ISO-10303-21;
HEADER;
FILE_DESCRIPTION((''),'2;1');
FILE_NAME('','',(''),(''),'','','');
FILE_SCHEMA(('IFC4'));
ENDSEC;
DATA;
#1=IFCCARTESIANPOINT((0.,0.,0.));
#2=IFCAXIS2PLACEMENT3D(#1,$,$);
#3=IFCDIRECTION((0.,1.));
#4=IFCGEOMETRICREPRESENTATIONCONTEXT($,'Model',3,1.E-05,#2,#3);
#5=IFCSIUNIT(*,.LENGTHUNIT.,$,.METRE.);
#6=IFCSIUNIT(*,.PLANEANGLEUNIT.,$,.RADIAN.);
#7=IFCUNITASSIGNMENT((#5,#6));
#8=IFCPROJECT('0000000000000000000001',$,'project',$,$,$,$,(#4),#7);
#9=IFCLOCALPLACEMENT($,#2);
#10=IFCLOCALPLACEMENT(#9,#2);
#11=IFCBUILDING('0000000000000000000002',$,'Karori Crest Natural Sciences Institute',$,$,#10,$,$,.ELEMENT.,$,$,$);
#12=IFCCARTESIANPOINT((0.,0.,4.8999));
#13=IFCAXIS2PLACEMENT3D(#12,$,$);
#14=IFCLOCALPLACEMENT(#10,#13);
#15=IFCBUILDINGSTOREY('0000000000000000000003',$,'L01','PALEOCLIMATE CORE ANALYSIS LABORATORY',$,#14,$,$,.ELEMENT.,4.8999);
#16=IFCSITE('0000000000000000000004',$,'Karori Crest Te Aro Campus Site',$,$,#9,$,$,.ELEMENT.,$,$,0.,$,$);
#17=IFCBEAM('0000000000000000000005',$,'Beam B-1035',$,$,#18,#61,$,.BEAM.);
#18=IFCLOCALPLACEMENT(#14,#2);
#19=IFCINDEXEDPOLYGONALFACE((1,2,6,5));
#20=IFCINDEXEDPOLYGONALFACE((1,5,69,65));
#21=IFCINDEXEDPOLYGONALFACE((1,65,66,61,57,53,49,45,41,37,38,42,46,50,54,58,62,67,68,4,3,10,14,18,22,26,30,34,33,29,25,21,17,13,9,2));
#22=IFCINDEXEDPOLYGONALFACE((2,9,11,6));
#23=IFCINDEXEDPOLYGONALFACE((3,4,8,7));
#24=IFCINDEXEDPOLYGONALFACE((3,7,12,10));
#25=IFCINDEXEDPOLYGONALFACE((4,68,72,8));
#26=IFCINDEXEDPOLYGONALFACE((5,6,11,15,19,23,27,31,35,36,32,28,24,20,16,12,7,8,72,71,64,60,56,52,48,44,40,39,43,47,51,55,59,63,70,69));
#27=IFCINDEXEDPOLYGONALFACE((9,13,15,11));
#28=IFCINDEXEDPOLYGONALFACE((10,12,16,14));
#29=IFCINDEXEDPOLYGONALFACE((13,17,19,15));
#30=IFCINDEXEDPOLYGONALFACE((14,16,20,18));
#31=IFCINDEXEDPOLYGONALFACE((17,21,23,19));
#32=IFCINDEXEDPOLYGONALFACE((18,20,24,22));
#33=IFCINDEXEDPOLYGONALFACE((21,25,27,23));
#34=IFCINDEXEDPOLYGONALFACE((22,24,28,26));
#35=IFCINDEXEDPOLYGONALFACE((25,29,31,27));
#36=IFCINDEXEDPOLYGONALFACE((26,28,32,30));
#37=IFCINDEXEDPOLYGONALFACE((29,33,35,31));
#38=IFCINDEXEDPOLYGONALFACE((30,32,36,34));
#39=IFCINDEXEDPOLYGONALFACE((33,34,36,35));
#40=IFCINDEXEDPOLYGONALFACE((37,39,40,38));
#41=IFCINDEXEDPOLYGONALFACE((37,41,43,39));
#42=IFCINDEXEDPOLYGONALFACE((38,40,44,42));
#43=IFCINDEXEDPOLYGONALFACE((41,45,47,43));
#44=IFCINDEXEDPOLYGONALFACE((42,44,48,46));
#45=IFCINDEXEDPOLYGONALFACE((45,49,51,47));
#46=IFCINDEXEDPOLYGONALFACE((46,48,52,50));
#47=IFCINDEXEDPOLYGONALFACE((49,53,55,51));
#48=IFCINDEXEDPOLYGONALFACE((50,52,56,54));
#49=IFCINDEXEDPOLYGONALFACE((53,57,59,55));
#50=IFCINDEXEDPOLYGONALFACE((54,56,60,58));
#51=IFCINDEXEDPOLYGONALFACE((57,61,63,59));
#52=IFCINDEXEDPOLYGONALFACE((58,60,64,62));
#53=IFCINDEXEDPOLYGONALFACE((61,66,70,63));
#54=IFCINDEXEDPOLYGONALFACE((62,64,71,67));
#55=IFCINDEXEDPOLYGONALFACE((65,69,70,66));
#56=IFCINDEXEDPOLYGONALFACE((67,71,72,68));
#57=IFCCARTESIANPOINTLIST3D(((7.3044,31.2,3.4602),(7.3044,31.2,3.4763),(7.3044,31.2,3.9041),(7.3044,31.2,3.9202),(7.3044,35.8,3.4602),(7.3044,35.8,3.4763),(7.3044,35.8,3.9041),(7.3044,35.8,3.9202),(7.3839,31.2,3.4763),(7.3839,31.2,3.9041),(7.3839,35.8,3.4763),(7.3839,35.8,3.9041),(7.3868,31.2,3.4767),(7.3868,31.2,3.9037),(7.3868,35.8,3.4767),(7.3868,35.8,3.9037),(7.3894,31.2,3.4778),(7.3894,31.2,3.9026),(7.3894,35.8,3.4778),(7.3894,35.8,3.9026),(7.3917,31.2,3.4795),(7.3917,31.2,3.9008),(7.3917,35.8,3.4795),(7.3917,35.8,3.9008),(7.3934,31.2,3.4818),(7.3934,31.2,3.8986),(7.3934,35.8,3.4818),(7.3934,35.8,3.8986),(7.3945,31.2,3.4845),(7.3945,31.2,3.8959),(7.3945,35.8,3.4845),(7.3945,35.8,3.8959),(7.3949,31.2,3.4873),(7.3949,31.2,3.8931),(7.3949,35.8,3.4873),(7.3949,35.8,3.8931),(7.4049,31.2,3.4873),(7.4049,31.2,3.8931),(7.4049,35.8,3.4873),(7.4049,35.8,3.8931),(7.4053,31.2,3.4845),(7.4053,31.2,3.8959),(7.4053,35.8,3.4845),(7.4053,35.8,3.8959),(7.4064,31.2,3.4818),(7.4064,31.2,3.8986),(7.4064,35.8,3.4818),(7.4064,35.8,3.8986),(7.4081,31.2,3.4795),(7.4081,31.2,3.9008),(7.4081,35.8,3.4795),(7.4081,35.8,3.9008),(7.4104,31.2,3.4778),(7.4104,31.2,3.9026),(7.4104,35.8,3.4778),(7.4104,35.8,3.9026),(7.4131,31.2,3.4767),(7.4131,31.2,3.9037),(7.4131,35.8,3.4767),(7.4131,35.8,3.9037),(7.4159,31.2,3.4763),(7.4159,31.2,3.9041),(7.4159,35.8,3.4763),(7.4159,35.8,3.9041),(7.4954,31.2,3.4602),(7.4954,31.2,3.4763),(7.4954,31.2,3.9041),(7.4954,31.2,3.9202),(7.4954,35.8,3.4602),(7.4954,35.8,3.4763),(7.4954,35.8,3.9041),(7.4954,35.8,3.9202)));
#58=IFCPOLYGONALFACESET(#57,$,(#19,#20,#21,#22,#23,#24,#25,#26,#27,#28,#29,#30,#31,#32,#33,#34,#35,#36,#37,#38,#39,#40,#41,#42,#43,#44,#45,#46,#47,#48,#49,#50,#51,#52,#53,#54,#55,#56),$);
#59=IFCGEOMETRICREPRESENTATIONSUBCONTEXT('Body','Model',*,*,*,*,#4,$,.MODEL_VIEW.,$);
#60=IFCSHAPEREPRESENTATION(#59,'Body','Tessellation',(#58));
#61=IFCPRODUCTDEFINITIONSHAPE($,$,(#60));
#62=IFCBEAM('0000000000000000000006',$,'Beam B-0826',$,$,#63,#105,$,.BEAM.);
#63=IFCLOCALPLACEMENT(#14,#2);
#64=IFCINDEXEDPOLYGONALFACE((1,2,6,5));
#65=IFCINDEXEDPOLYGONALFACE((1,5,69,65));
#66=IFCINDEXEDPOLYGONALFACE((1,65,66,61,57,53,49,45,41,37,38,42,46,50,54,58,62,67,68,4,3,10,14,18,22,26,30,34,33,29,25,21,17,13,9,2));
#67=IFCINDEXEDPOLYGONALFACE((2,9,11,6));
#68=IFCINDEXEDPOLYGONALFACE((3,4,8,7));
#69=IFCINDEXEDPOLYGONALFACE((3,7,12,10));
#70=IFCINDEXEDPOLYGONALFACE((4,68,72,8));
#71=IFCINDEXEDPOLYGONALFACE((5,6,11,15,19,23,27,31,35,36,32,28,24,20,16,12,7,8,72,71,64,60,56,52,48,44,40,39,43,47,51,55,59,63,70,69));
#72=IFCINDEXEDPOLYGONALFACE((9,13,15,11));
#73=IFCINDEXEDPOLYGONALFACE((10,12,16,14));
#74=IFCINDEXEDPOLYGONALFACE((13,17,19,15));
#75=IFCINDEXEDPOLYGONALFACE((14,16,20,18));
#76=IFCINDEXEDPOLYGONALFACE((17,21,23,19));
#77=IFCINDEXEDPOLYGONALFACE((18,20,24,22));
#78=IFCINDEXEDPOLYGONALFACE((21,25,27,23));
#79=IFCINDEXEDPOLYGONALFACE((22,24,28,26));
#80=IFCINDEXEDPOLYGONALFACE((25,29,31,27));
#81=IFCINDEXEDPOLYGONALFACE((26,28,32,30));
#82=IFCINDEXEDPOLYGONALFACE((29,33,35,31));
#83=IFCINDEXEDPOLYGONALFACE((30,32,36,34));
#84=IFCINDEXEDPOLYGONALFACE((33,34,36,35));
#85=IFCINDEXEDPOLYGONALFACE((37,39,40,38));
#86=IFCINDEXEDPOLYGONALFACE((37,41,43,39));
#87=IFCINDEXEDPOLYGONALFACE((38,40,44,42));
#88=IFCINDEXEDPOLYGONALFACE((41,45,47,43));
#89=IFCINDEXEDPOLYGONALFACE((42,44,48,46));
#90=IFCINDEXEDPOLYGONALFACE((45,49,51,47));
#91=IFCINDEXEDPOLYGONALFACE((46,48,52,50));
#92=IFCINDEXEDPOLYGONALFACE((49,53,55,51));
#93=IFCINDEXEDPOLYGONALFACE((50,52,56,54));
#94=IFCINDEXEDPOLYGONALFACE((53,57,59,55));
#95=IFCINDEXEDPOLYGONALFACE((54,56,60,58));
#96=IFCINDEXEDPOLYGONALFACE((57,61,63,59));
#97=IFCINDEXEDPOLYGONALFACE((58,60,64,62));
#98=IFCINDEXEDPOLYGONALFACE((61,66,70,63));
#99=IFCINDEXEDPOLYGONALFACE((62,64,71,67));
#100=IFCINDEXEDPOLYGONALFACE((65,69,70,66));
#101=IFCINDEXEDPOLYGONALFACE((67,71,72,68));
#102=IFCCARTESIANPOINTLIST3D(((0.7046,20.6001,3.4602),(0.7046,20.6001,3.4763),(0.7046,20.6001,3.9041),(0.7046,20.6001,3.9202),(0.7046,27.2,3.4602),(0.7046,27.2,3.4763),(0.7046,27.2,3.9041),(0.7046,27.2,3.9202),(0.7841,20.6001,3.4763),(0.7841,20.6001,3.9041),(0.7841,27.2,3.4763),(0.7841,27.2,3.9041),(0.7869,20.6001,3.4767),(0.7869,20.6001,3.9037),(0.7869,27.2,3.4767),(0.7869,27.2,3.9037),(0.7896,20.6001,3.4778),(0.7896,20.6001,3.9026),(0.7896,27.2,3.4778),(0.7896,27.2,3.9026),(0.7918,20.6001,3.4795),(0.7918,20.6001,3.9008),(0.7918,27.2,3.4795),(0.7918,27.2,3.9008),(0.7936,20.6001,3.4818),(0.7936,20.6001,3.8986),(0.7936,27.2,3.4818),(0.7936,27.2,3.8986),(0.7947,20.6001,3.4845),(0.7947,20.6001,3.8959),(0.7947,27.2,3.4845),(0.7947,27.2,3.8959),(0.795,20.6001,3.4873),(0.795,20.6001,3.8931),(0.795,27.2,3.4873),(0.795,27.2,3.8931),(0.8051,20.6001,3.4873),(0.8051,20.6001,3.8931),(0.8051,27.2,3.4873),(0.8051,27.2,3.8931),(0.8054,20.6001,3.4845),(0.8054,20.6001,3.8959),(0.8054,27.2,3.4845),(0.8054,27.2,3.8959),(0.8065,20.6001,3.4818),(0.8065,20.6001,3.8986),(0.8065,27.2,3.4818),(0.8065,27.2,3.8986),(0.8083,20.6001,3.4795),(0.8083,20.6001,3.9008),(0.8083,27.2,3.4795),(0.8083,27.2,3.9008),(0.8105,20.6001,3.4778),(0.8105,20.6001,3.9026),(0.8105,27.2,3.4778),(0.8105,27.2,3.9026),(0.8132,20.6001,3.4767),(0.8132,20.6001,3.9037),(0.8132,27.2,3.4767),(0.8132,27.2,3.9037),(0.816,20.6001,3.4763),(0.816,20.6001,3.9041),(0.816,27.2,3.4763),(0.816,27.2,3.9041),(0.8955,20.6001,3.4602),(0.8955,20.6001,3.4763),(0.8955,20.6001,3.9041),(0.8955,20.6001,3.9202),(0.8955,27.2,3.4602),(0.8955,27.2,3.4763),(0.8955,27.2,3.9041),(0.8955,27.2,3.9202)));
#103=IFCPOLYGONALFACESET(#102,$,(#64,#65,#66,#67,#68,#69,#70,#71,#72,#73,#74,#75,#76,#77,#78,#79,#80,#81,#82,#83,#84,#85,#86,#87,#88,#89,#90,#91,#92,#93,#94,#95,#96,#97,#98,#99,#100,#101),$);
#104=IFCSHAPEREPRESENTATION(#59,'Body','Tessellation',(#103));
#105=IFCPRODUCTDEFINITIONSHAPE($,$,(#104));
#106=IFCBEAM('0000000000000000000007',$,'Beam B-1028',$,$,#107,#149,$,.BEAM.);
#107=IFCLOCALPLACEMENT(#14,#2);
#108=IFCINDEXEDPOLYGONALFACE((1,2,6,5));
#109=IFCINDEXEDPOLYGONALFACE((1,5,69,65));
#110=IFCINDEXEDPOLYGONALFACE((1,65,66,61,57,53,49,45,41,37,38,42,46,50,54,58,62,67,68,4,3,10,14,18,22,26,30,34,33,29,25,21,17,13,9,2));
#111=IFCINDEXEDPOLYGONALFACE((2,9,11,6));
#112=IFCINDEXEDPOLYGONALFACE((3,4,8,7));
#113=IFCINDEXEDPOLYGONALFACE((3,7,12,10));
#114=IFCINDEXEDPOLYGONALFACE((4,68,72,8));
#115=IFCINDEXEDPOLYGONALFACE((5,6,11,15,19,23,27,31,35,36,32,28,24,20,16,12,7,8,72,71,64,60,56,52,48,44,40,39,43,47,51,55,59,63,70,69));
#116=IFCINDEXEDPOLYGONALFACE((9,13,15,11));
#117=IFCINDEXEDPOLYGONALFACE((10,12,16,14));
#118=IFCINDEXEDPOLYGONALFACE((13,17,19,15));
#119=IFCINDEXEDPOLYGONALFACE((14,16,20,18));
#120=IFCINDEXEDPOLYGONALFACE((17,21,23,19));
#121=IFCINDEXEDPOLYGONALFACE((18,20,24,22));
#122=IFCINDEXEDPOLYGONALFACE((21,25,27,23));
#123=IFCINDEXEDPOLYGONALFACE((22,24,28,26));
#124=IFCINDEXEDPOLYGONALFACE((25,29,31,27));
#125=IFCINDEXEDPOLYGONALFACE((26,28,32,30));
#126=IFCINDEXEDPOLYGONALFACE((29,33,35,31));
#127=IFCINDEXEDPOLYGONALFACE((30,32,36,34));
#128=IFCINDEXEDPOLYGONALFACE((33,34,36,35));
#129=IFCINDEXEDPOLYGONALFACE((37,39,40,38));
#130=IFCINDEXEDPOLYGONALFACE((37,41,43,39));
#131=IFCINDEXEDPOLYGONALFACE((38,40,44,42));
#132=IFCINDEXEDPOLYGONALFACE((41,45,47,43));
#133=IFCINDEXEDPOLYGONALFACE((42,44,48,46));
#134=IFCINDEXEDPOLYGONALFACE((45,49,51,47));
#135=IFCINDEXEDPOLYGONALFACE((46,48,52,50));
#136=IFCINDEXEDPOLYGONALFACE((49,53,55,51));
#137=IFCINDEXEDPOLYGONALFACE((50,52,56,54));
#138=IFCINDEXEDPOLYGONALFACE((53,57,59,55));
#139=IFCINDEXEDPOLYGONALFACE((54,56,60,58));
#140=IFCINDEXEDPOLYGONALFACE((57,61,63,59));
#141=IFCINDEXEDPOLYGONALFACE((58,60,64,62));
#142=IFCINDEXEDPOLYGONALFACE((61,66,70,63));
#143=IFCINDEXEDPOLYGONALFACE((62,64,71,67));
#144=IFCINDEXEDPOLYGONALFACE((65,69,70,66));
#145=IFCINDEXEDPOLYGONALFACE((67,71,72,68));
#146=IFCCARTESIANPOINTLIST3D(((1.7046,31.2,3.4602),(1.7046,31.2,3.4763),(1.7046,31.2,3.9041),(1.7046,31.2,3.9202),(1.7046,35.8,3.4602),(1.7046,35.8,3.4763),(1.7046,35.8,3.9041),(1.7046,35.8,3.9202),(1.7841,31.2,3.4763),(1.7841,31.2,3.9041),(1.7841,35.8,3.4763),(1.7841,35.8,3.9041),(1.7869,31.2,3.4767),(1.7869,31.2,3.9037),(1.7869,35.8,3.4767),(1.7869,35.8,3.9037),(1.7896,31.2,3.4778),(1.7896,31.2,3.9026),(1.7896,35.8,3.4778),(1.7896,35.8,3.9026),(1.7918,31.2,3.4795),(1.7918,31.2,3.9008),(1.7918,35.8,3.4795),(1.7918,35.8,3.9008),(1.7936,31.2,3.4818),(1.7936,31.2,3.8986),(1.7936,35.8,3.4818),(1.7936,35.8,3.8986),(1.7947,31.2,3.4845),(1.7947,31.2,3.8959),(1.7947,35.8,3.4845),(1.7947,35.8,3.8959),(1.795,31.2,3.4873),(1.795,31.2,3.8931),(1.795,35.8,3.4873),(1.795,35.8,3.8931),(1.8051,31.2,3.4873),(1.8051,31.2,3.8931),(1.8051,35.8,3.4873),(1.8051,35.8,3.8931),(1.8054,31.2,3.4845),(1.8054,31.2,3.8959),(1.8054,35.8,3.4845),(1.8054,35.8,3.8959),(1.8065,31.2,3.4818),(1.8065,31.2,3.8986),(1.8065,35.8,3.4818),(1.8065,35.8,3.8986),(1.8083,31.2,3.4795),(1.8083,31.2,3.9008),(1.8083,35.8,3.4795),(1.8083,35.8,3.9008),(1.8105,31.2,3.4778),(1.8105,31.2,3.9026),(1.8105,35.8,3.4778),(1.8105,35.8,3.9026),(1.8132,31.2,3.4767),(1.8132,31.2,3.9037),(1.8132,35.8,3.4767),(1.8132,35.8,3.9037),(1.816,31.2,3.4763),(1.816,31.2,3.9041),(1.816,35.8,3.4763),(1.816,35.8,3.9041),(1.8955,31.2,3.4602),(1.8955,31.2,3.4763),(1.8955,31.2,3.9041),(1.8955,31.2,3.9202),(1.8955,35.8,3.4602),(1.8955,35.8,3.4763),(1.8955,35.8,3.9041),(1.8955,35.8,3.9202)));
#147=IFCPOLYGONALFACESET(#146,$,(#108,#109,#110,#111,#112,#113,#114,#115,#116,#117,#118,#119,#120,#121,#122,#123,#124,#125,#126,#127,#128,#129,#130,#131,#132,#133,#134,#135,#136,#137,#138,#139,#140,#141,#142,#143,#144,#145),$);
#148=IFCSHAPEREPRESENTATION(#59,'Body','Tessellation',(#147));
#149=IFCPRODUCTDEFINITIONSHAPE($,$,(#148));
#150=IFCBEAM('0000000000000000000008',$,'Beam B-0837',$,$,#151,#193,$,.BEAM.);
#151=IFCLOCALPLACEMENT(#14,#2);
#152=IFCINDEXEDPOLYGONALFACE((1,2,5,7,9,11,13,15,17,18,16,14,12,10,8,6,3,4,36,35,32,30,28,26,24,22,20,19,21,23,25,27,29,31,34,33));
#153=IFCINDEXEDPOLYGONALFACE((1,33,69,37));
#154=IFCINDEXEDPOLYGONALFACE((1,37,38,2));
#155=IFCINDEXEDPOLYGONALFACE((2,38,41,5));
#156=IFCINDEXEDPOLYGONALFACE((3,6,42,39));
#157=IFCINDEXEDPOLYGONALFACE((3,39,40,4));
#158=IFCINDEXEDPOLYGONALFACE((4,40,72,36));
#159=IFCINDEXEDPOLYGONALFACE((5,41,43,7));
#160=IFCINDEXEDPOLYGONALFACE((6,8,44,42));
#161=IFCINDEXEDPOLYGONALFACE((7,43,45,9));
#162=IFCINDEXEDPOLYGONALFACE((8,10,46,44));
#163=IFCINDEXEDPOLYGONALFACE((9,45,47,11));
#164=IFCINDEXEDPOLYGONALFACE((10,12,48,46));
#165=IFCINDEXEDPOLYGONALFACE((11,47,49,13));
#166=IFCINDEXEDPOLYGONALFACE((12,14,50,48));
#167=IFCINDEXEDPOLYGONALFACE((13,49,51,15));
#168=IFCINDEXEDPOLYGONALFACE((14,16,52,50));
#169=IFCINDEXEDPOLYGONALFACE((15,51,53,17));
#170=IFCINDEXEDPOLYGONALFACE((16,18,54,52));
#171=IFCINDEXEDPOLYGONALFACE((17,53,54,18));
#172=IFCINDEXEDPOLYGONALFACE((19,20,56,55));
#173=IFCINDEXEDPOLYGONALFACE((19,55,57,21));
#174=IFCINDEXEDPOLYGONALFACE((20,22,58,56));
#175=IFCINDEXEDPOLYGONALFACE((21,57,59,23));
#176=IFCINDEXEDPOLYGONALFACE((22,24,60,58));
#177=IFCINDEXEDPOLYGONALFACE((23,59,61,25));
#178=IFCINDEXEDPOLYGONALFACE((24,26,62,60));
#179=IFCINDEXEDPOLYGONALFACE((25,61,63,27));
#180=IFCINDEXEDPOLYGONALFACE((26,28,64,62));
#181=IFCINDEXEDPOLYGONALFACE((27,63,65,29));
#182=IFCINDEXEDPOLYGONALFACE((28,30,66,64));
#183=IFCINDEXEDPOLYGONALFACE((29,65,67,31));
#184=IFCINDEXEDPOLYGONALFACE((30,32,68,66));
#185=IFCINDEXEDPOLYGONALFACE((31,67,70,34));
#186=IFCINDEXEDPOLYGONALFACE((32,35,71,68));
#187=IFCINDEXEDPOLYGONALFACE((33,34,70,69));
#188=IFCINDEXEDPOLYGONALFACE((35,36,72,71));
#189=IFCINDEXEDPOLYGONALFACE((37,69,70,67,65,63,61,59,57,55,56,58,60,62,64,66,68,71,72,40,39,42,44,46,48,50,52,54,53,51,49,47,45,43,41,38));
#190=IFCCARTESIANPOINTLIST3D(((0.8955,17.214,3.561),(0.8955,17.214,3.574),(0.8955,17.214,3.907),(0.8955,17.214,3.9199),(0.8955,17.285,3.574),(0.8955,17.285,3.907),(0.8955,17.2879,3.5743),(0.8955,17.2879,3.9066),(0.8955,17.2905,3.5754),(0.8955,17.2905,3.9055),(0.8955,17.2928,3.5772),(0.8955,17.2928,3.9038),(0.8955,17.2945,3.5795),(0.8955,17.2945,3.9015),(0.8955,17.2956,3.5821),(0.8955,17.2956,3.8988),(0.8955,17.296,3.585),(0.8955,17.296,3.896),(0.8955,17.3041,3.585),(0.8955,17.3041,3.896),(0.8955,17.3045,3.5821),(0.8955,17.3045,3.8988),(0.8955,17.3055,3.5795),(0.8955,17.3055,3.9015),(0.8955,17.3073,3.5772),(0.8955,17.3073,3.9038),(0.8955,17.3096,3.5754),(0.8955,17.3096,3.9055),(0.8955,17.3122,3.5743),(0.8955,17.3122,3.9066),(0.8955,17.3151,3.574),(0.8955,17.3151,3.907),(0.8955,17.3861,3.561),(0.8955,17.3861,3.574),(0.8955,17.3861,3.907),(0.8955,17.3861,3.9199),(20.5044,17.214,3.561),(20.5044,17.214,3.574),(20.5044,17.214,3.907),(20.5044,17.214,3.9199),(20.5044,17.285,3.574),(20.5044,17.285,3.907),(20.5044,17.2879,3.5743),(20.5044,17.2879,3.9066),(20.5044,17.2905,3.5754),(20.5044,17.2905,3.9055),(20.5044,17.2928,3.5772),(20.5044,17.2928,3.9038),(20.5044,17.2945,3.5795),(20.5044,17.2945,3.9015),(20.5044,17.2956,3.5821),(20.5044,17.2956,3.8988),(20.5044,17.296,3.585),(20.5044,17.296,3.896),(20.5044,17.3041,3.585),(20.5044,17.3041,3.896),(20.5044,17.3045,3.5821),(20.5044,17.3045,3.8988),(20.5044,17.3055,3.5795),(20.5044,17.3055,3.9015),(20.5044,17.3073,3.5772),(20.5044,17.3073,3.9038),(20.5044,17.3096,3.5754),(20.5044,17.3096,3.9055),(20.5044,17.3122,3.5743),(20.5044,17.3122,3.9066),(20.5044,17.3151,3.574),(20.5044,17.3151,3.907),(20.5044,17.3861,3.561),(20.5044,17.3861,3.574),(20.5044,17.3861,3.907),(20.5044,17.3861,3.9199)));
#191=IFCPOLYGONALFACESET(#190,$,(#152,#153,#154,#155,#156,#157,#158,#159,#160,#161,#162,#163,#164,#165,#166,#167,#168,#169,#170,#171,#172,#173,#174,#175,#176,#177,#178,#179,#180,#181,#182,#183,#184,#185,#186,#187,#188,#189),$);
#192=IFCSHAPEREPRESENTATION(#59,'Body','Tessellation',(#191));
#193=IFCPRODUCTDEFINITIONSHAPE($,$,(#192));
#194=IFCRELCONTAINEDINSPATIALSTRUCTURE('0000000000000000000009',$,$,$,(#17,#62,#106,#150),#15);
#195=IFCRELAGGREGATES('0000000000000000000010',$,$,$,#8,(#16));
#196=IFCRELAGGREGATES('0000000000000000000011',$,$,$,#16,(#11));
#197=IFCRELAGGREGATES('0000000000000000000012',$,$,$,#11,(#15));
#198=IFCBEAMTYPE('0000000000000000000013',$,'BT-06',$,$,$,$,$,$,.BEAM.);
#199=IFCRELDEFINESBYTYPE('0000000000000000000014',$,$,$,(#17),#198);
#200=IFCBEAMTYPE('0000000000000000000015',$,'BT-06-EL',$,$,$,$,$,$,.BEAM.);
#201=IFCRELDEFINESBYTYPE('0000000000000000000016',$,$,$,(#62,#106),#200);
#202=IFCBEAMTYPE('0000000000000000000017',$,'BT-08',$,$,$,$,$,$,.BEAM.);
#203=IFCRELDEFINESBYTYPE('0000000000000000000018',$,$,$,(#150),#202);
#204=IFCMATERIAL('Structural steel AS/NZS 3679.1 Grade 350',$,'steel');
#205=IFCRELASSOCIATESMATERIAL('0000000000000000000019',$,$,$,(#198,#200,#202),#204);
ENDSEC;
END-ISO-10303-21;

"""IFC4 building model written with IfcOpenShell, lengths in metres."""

from ifc_helpers import new_model, si_unit, direction, frame, origin, origin_2d, place, context, subcontext, project, spatial, i_section, extrude, material, material_profile, profile_set, type_object, element, save


model = new_model("IFC4")

# Units and contexts
model_context = context("Model", 3, precision=1e-05, world=origin(), true_north=direction((0.0, 1.0)))
body_context = subcontext(model_context, "Body", "Model", "MODEL_VIEW")
ifc_project = project(units=[si_unit("LENGTHUNIT", "METRE"), si_unit("PLANEANGLEUNIT", "RADIAN")], contexts=[model_context])

# Site, building, storey
site_placement = place(None, origin())
site = spatial("IfcSite", under=ifc_project, at=site_placement, Name="Karori Crest Te Aro Campus Site", CompositionType="ELEMENT", RefElevation=0.0)
building_placement = place(site_placement, origin())
building = spatial("IfcBuilding", under=site, at=building_placement, Name="Karori Crest Natural Sciences Institute", CompositionType="ELEMENT")
storey_placement = place(building_placement, frame((0.0, 0.0, 4.8999)))
storey = spatial("IfcBuildingStorey", under=building, at=storey_placement, Name="L01", Description="PALEOCLIMATE CORE ANALYSIS LABORATORY", CompositionType="ELEMENT", Elevation=4.8999)

# Shared definitions
ifc_material_1 = material(Name="Structural steel AS/NZS 3679.1 Grade 350", Category="steel")

# Beams
ifc_material_profile_1 = material_profile(ifc_material_1, i_section(OverallWidth=0.1909, OverallDepth=0.46, WebThickness=0.01, FlangeThickness=0.0161, FilletRadius=0.011, at=origin_2d()), Name="460UB82.1")
ifc_profile_set_1 = profile_set([ifc_material_profile_1], Name="Structural steel AS/NZS 3679.1 Grade 350")
beam_type_1 = type_object("IfcBeamType", Name="BT-06", PredefinedType="BEAM", material=ifc_profile_set_1)
beam_1_placement = place(storey_placement, frame((7.3999, 31.2, 3.6902), z_axis=(0.0, 1.0, 0.0), x_axis=(-1.0, 0.0, 0.0)))
element("IfcBeam", 1, at=beam_1_placement, inside=storey, type_object=beam_type_1, Name="Beam B-1035", PredefinedType="BEAM", context=body_context, shape_type="SweptSolid", body=[
    extrude(i_section(OverallWidth=0.1909, OverallDepth=0.46, WebThickness=0.01, FlangeThickness=0.0161, FilletRadius=0.011, at=origin_2d()), origin(), (0.0, 0.0, 1.0), 4.6001),
])
ifc_material_profile_2 = material_profile(ifc_material_1, i_section(OverallWidth=0.1909, OverallDepth=0.46, WebThickness=0.01, FlangeThickness=0.0161, FilletRadius=0.011, at=origin_2d()), Name="460UB82.1")
ifc_profile_set_2 = profile_set([ifc_material_profile_2], Name="Structural steel AS/NZS 3679.1 Grade 350")
beam_type_2 = type_object("IfcBeamType", Name="BT-06-EL", PredefinedType="BEAM", material=ifc_profile_set_2)
beam_2_placement = place(storey_placement, frame((0.8, 20.6001, 3.6902), z_axis=(0.0, 1.0, 0.0), x_axis=(-1.0, 0.0, 0.0)))
element("IfcBeam", 2, at=beam_2_placement, inside=storey, type_object=beam_type_2, Name="Beam B-0826", PredefinedType="BEAM", context=body_context, shape_type="SweptSolid", body=[
    extrude(i_section(OverallWidth=0.1909, OverallDepth=0.46, WebThickness=0.01, FlangeThickness=0.0161, FilletRadius=0.011, at=origin_2d()), origin(), (0.0, 0.0, 1.0), 6.5999),
])
beam_3_placement = place(storey_placement, frame((1.8, 31.2, 3.6902), z_axis=(0.0, 1.0, 0.0), x_axis=(-1.0, 0.0, 0.0)))
element("IfcBeam", 3, at=beam_3_placement, inside=storey, type_object=beam_type_2, Name="Beam B-1028", PredefinedType="BEAM", context=body_context, shape_type="SweptSolid", body=[
    extrude(i_section(OverallWidth=0.1909, OverallDepth=0.46, WebThickness=0.01, FlangeThickness=0.0161, FilletRadius=0.011, at=origin_2d()), origin(), (0.0, 0.0, 1.0), 4.6001),
])
ifc_material_profile_3 = material_profile(ifc_material_1, i_section(OverallWidth=0.1721, OverallDepth=0.3589, WebThickness=0.0081, FlangeThickness=0.0129, FilletRadius=0.011, at=origin_2d()), Name="360UB56.7")
ifc_profile_set_3 = profile_set([ifc_material_profile_3], Name="Structural steel AS/NZS 3679.1 Grade 350")
beam_type_3 = type_object("IfcBeamType", Name="BT-08", PredefinedType="BEAM", material=ifc_profile_set_3)
for number, where, z_axis, x_axis, name in (
    (4, (0.8955, 17.3, 3.7405), (1.0, 0.0, 0.0), (0.0, 1.0, 0.0), "Beam B-0837"),
):
    element("IfcBeam", number, at=place(storey_placement, frame(where, z_axis=z_axis, x_axis=x_axis)), inside=storey, type_object=beam_type_3, Name=name, PredefinedType="BEAM", context=body_context, shape_type="SweptSolid", body=[
        extrude(i_section(OverallWidth=0.1721, OverallDepth=0.3589, WebThickness=0.0081, FlangeThickness=0.0129, FilletRadius=0.011, at=origin_2d()), origin(), (0.0, 0.0, 1.0), 19.6089),
    ])

save(model, "model.ifc")
